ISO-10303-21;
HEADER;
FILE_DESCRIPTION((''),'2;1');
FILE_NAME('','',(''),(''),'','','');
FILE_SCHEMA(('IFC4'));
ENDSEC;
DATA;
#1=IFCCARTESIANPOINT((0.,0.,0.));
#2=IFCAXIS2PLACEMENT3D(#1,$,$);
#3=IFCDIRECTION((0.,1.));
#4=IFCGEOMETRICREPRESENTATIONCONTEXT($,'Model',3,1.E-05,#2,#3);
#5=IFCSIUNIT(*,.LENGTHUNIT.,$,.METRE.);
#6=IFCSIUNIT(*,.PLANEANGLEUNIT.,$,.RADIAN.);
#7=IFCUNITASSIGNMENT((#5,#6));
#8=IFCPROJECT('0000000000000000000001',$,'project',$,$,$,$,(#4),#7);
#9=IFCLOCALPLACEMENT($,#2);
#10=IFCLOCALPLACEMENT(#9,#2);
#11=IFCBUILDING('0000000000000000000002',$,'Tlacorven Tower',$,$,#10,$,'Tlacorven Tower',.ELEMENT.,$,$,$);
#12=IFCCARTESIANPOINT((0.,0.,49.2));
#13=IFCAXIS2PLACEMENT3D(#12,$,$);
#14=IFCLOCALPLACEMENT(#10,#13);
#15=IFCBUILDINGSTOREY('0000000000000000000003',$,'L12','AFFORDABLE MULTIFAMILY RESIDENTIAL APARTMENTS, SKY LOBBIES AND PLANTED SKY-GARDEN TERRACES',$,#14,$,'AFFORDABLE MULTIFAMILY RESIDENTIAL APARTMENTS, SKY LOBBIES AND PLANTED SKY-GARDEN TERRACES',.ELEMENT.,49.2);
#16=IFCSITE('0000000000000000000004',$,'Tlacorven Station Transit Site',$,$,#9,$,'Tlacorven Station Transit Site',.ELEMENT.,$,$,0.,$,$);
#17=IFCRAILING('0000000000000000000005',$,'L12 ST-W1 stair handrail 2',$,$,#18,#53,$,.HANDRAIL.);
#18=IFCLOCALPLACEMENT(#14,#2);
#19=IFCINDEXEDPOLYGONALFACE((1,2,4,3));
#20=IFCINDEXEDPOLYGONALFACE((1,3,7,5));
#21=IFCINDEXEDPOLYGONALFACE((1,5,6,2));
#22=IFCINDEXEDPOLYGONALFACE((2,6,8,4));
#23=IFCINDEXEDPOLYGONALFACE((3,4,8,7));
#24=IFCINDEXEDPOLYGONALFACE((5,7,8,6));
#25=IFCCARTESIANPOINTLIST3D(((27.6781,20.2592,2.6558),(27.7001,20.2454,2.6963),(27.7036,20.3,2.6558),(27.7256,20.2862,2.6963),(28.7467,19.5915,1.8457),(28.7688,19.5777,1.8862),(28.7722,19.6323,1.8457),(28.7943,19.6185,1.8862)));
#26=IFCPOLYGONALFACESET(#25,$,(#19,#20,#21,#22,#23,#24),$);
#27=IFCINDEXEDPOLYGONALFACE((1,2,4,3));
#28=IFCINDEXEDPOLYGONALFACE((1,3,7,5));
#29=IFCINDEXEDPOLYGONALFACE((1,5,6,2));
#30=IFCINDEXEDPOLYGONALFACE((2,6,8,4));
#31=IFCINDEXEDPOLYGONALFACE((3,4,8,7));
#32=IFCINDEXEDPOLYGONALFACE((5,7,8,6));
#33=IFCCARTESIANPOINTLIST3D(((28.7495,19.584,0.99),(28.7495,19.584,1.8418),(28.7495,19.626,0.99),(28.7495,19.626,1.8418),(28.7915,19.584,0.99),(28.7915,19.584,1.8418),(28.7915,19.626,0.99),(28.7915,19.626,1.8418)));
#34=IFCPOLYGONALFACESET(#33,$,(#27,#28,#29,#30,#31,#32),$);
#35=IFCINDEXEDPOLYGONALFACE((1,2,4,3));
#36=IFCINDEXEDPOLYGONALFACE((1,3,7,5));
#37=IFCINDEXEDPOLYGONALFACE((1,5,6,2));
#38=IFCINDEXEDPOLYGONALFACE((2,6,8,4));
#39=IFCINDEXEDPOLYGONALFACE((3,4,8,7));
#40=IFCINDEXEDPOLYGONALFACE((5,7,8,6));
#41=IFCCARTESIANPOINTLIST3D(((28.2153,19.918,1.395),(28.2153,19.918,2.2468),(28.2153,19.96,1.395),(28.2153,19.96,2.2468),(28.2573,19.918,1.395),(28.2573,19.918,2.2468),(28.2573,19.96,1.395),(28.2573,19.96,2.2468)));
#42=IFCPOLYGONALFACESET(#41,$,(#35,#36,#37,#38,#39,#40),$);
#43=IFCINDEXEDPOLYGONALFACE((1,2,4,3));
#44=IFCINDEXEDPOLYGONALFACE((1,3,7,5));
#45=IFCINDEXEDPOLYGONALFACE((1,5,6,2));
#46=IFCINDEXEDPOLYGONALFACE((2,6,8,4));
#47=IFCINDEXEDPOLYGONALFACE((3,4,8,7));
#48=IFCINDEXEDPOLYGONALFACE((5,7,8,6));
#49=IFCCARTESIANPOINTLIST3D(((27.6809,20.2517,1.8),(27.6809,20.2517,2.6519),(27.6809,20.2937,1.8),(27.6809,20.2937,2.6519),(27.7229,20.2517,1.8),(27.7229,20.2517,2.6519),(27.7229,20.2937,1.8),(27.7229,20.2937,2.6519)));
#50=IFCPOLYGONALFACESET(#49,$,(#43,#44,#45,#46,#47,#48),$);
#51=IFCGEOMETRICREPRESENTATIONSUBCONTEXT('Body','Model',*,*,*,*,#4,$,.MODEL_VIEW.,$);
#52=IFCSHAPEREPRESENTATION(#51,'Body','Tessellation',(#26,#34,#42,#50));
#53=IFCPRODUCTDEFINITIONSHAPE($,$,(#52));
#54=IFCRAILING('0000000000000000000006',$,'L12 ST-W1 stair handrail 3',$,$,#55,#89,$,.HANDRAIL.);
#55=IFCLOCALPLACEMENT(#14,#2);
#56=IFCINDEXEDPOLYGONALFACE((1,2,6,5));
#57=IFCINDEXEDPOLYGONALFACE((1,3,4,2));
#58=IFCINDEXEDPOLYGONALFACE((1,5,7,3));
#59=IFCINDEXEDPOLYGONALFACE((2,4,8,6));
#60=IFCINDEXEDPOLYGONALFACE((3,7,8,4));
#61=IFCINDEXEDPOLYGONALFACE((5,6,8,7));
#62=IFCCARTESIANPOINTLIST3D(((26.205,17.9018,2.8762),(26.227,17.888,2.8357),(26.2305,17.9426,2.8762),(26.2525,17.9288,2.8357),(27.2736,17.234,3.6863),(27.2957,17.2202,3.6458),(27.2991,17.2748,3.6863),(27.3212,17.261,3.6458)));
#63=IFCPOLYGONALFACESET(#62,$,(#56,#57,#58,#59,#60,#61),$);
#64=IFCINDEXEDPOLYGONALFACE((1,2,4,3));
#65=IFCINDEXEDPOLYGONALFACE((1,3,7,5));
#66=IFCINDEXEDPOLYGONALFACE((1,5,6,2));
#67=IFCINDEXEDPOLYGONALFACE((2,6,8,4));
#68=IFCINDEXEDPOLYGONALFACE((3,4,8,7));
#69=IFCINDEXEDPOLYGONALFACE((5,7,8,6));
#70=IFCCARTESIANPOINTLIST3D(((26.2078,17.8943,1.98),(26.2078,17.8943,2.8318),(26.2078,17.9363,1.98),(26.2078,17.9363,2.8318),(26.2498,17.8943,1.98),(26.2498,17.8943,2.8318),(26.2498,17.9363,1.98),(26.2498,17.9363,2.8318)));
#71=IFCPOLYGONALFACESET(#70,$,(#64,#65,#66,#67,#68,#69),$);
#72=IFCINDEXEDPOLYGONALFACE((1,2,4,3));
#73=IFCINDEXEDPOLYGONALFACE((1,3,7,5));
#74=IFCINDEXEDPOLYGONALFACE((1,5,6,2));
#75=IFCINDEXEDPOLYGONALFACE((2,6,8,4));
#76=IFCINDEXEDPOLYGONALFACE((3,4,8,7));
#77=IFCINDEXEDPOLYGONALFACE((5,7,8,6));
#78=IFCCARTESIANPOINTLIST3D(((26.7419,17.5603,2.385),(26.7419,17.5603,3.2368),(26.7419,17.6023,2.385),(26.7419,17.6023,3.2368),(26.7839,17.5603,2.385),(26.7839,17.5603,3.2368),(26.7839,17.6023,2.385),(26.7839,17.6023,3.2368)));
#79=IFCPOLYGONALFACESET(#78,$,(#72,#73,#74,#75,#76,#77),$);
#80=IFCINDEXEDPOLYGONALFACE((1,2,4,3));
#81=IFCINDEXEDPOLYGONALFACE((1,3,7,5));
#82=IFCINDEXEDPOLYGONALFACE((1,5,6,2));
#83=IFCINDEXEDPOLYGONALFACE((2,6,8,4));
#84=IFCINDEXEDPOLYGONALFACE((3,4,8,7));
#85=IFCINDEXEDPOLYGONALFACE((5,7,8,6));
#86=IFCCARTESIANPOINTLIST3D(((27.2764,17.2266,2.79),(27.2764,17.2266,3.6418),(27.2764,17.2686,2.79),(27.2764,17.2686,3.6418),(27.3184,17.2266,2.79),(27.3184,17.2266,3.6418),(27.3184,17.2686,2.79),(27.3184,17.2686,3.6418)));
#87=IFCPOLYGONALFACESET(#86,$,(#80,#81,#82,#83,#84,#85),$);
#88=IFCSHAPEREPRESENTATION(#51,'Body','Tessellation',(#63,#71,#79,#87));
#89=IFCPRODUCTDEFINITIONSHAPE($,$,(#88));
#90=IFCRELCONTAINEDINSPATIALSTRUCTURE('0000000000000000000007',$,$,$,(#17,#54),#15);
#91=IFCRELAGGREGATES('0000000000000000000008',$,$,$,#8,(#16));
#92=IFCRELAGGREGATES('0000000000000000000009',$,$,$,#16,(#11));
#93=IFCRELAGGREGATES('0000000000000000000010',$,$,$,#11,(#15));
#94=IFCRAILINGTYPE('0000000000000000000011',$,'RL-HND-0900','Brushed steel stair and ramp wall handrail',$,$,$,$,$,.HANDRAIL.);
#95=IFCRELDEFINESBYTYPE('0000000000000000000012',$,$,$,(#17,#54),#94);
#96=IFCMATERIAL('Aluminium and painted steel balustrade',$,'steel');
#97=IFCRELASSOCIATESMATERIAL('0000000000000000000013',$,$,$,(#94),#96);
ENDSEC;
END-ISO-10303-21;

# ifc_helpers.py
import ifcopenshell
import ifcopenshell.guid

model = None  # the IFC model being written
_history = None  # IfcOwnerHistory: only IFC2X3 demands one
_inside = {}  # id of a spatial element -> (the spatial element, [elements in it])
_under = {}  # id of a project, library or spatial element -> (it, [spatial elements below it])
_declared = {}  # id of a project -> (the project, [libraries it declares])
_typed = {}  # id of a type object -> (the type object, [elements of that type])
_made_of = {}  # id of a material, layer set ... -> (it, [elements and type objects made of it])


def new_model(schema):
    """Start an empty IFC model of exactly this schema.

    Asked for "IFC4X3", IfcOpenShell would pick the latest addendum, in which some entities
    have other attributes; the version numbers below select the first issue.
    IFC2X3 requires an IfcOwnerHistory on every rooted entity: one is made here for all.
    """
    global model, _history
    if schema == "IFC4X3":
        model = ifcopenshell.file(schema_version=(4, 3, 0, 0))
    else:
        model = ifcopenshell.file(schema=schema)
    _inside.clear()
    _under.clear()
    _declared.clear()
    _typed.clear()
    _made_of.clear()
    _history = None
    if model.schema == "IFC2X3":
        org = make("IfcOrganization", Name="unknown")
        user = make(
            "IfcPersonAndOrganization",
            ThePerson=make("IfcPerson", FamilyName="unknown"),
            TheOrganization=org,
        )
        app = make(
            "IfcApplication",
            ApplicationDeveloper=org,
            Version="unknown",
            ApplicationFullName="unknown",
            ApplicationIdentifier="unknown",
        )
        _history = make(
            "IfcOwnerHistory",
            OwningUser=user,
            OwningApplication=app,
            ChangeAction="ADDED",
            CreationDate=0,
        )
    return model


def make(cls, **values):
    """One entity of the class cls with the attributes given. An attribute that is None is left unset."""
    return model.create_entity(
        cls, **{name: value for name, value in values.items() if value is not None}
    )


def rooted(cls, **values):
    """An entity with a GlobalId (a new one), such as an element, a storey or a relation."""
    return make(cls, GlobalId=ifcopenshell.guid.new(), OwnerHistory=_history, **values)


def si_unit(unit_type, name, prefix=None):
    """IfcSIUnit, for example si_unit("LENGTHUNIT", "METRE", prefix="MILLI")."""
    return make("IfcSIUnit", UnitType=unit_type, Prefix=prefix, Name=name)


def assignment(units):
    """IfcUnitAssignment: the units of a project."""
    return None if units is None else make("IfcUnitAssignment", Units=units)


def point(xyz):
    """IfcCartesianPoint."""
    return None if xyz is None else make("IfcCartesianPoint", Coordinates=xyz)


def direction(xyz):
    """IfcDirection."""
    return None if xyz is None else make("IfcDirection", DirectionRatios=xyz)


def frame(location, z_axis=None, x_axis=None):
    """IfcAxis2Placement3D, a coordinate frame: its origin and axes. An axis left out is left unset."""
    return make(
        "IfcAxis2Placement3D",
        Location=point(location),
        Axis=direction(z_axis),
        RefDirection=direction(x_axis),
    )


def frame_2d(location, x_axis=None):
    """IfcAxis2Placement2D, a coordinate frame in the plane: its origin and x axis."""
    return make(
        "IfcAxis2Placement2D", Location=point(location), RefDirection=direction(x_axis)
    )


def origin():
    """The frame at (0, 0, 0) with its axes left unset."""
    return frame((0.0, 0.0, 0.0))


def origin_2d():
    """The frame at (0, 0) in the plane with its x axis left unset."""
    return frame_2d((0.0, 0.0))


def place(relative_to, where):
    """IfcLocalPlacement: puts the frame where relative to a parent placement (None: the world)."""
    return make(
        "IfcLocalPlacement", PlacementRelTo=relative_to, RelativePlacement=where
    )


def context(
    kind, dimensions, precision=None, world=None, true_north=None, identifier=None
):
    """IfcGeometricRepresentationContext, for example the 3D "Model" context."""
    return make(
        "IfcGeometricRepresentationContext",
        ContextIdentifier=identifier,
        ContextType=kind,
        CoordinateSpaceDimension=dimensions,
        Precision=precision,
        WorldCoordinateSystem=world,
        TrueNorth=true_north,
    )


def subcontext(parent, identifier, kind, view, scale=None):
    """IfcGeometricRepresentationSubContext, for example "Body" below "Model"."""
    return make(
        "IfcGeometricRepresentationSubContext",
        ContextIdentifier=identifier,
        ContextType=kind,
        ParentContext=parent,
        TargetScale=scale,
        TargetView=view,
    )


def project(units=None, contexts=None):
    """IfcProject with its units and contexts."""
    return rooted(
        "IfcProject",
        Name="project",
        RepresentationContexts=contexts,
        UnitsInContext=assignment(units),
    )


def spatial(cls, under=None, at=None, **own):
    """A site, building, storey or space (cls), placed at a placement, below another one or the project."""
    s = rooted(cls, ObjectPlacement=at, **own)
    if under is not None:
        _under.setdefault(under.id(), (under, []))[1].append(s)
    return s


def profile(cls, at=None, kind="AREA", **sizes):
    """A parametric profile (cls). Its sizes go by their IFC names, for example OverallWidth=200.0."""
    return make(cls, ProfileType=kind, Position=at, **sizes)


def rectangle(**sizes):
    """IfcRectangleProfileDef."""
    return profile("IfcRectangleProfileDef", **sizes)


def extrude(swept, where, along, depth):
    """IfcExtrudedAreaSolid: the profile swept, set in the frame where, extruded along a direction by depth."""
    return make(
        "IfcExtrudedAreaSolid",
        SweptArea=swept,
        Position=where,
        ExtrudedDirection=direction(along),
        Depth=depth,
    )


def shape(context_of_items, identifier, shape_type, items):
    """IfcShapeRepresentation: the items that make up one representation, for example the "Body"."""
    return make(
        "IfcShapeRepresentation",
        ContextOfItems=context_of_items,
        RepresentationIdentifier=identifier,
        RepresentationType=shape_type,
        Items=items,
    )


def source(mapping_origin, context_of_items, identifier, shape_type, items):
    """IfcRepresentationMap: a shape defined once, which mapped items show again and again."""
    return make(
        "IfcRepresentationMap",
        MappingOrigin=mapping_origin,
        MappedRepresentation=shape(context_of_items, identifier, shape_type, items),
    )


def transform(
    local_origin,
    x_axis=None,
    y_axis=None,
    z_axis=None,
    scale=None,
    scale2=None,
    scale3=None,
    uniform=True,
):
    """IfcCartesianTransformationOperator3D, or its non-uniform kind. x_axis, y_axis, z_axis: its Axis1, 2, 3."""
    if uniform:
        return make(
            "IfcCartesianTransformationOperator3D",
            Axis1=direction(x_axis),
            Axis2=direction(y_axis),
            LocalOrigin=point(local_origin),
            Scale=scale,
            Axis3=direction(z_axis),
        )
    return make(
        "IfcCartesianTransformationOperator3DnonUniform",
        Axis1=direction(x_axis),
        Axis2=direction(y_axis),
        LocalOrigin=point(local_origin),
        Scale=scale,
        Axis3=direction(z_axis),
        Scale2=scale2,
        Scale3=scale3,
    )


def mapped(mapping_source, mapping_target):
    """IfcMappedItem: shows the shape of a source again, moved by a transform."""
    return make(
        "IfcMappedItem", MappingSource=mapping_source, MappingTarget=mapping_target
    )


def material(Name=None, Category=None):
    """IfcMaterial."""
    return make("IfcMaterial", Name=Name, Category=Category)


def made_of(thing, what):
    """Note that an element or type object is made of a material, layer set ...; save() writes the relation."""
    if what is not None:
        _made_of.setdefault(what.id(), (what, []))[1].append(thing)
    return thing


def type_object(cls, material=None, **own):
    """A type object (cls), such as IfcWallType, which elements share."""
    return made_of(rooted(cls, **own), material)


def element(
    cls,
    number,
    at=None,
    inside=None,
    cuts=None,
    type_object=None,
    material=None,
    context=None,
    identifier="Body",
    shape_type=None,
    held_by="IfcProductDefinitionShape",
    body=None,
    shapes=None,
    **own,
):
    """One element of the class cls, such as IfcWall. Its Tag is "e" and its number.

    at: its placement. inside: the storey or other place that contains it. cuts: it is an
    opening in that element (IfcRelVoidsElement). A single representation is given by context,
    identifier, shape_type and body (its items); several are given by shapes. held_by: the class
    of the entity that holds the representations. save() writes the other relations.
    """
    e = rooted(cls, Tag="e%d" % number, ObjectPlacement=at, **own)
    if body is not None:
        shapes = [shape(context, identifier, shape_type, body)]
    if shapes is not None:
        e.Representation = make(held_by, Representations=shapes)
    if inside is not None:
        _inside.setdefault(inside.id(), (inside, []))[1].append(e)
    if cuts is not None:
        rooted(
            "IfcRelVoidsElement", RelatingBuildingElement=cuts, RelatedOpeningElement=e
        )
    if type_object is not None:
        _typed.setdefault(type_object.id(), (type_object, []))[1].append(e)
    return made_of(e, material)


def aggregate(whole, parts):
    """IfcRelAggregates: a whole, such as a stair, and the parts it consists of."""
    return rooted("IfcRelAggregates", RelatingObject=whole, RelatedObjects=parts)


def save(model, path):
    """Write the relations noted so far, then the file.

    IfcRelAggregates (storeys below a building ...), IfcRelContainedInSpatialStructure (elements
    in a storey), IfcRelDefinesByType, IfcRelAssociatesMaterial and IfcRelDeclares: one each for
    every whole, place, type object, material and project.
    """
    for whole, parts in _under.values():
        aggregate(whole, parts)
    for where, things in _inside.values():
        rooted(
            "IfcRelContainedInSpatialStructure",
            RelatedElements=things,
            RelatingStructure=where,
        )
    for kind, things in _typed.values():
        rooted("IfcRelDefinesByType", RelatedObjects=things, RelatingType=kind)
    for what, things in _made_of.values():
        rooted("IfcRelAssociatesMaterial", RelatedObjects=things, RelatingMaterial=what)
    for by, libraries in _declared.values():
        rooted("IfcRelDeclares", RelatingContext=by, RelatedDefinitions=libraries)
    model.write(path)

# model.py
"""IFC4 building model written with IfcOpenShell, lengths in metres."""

from ifc_helpers import new_model, si_unit, direction, frame, origin, origin_2d, place, context, subcontext, project, spatial, rectangle, extrude, source, transform, mapped, material, type_object, element, save


model = new_model("IFC4")

# Units and contexts
model_context = context("Model", 3, precision=1e-05, world=origin(), true_north=direction((0.0, 1.0)))
body_context = subcontext(model_context, "Body", "Model", "MODEL_VIEW")
ifc_project = project(units=[si_unit("LENGTHUNIT", "METRE"), si_unit("PLANEANGLEUNIT", "RADIAN")], contexts=[model_context])

# Site, building, storey
site_placement = place(None, origin())
site = spatial("IfcSite", under=ifc_project, at=site_placement, Name="Tlacorven Station Transit Site", LongName="Tlacorven Station Transit Site", CompositionType="ELEMENT", RefElevation=0.0)
building_placement = place(site_placement, origin())
building = spatial("IfcBuilding", under=site, at=building_placement, Name="Tlacorven Tower", LongName="Tlacorven Tower", CompositionType="ELEMENT")
storey_placement = place(building_placement, frame((0.0, 0.0, 49.2)))
storey = spatial("IfcBuildingStorey", under=building, at=storey_placement, Name="L12", Description="AFFORDABLE MULTIFAMILY RESIDENTIAL APARTMENTS, SKY LOBBIES AND PLANTED SKY-GARDEN TERRACES", LongName="AFFORDABLE MULTIFAMILY RESIDENTIAL APARTMENTS, SKY LOBBIES AND PLANTED SKY-GARDEN TERRACES", CompositionType="ELEMENT", Elevation=49.2)

# Railings
ifc_material_1 = material(Name="Aluminium and painted steel balustrade", Category="steel")
railing_type_1 = type_object("IfcRailingType", Name="RL-HND-0900", Description="Brushed steel stair and ramp wall handrail", PredefinedType="HANDRAIL", material=ifc_material_1)
shared_shape_1 = source(origin(), body_context, "Body", "SweptSolid", [
    extrude(rectangle(XDim=0.0481, YDim=0.0481, at=origin_2d()), frame((0.0, 0.0, 0.876), z_axis=(-0.71336, 0.445748, 0.540765), x_axis=(-0.529912, -0.848053, 0.0)), (0.0, 0.0, 1.0), 1.498),
    extrude(rectangle(XDim=0.042, YDim=0.042, at=origin_2d()), origin(), (0.0, 0.0, 1.0), 0.8518),
    extrude(rectangle(XDim=0.042, YDim=0.042, at=origin_2d()), frame((-0.5342, 0.334, 0.405)), (0.0, 0.0, 1.0), 0.8518),
    extrude(rectangle(XDim=0.042, YDim=0.042, at=origin_2d()), frame((-1.0686, 0.6677, 0.8101)), (0.0, 0.0, 1.0), 0.8518),
])
for number, where, name in (
    (1, (28.7705, 19.605, 0.99), "L12 ST-W1 stair handrail 2"),
):
    element("IfcRailing", number, at=place(storey_placement, frame(where)), inside=storey, type_object=railing_type_1, Name=name, PredefinedType="HANDRAIL", context=body_context, shape_type="MappedRepresentation", body=[
        mapped(shared_shape_1, transform((0.0, 0.0, 0.0), scale=1.0)),
    ])
shared_shape_2 = source(origin(), body_context, "Body", "SweptSolid", [
    extrude(rectangle(XDim=0.0481, YDim=0.0481, at=origin_2d()), frame((0.0, 0.0, 0.876), z_axis=(0.71336, -0.445748, 0.540765), x_axis=(0.529912, 0.848053, 0.0)), (0.0, 0.0, 1.0), 1.498),
    extrude(rectangle(XDim=0.042, YDim=0.042, at=origin_2d()), origin(), (0.0, 0.0, 1.0), 0.8518),
    extrude(rectangle(XDim=0.042, YDim=0.042, at=origin_2d()), frame((0.5342, -0.334, 0.405)), (0.0, 0.0, 1.0), 0.8518),
    extrude(rectangle(XDim=0.042, YDim=0.042, at=origin_2d()), frame((1.0686, -0.6677, 0.8101)), (0.0, 0.0, 1.0), 0.8518),
])
railing_1_placement = place(storey_placement, frame((26.2288, 17.9153, 1.98)))
element("IfcRailing", 2, at=railing_1_placement, inside=storey, type_object=railing_type_1, Name="L12 ST-W1 stair handrail 3", PredefinedType="HANDRAIL", context=body_context, shape_type="MappedRepresentation", body=[
    mapped(shared_shape_2, transform((0.0, 0.0, 0.0), scale=1.0)),
])

save(model, "model.ifc")
